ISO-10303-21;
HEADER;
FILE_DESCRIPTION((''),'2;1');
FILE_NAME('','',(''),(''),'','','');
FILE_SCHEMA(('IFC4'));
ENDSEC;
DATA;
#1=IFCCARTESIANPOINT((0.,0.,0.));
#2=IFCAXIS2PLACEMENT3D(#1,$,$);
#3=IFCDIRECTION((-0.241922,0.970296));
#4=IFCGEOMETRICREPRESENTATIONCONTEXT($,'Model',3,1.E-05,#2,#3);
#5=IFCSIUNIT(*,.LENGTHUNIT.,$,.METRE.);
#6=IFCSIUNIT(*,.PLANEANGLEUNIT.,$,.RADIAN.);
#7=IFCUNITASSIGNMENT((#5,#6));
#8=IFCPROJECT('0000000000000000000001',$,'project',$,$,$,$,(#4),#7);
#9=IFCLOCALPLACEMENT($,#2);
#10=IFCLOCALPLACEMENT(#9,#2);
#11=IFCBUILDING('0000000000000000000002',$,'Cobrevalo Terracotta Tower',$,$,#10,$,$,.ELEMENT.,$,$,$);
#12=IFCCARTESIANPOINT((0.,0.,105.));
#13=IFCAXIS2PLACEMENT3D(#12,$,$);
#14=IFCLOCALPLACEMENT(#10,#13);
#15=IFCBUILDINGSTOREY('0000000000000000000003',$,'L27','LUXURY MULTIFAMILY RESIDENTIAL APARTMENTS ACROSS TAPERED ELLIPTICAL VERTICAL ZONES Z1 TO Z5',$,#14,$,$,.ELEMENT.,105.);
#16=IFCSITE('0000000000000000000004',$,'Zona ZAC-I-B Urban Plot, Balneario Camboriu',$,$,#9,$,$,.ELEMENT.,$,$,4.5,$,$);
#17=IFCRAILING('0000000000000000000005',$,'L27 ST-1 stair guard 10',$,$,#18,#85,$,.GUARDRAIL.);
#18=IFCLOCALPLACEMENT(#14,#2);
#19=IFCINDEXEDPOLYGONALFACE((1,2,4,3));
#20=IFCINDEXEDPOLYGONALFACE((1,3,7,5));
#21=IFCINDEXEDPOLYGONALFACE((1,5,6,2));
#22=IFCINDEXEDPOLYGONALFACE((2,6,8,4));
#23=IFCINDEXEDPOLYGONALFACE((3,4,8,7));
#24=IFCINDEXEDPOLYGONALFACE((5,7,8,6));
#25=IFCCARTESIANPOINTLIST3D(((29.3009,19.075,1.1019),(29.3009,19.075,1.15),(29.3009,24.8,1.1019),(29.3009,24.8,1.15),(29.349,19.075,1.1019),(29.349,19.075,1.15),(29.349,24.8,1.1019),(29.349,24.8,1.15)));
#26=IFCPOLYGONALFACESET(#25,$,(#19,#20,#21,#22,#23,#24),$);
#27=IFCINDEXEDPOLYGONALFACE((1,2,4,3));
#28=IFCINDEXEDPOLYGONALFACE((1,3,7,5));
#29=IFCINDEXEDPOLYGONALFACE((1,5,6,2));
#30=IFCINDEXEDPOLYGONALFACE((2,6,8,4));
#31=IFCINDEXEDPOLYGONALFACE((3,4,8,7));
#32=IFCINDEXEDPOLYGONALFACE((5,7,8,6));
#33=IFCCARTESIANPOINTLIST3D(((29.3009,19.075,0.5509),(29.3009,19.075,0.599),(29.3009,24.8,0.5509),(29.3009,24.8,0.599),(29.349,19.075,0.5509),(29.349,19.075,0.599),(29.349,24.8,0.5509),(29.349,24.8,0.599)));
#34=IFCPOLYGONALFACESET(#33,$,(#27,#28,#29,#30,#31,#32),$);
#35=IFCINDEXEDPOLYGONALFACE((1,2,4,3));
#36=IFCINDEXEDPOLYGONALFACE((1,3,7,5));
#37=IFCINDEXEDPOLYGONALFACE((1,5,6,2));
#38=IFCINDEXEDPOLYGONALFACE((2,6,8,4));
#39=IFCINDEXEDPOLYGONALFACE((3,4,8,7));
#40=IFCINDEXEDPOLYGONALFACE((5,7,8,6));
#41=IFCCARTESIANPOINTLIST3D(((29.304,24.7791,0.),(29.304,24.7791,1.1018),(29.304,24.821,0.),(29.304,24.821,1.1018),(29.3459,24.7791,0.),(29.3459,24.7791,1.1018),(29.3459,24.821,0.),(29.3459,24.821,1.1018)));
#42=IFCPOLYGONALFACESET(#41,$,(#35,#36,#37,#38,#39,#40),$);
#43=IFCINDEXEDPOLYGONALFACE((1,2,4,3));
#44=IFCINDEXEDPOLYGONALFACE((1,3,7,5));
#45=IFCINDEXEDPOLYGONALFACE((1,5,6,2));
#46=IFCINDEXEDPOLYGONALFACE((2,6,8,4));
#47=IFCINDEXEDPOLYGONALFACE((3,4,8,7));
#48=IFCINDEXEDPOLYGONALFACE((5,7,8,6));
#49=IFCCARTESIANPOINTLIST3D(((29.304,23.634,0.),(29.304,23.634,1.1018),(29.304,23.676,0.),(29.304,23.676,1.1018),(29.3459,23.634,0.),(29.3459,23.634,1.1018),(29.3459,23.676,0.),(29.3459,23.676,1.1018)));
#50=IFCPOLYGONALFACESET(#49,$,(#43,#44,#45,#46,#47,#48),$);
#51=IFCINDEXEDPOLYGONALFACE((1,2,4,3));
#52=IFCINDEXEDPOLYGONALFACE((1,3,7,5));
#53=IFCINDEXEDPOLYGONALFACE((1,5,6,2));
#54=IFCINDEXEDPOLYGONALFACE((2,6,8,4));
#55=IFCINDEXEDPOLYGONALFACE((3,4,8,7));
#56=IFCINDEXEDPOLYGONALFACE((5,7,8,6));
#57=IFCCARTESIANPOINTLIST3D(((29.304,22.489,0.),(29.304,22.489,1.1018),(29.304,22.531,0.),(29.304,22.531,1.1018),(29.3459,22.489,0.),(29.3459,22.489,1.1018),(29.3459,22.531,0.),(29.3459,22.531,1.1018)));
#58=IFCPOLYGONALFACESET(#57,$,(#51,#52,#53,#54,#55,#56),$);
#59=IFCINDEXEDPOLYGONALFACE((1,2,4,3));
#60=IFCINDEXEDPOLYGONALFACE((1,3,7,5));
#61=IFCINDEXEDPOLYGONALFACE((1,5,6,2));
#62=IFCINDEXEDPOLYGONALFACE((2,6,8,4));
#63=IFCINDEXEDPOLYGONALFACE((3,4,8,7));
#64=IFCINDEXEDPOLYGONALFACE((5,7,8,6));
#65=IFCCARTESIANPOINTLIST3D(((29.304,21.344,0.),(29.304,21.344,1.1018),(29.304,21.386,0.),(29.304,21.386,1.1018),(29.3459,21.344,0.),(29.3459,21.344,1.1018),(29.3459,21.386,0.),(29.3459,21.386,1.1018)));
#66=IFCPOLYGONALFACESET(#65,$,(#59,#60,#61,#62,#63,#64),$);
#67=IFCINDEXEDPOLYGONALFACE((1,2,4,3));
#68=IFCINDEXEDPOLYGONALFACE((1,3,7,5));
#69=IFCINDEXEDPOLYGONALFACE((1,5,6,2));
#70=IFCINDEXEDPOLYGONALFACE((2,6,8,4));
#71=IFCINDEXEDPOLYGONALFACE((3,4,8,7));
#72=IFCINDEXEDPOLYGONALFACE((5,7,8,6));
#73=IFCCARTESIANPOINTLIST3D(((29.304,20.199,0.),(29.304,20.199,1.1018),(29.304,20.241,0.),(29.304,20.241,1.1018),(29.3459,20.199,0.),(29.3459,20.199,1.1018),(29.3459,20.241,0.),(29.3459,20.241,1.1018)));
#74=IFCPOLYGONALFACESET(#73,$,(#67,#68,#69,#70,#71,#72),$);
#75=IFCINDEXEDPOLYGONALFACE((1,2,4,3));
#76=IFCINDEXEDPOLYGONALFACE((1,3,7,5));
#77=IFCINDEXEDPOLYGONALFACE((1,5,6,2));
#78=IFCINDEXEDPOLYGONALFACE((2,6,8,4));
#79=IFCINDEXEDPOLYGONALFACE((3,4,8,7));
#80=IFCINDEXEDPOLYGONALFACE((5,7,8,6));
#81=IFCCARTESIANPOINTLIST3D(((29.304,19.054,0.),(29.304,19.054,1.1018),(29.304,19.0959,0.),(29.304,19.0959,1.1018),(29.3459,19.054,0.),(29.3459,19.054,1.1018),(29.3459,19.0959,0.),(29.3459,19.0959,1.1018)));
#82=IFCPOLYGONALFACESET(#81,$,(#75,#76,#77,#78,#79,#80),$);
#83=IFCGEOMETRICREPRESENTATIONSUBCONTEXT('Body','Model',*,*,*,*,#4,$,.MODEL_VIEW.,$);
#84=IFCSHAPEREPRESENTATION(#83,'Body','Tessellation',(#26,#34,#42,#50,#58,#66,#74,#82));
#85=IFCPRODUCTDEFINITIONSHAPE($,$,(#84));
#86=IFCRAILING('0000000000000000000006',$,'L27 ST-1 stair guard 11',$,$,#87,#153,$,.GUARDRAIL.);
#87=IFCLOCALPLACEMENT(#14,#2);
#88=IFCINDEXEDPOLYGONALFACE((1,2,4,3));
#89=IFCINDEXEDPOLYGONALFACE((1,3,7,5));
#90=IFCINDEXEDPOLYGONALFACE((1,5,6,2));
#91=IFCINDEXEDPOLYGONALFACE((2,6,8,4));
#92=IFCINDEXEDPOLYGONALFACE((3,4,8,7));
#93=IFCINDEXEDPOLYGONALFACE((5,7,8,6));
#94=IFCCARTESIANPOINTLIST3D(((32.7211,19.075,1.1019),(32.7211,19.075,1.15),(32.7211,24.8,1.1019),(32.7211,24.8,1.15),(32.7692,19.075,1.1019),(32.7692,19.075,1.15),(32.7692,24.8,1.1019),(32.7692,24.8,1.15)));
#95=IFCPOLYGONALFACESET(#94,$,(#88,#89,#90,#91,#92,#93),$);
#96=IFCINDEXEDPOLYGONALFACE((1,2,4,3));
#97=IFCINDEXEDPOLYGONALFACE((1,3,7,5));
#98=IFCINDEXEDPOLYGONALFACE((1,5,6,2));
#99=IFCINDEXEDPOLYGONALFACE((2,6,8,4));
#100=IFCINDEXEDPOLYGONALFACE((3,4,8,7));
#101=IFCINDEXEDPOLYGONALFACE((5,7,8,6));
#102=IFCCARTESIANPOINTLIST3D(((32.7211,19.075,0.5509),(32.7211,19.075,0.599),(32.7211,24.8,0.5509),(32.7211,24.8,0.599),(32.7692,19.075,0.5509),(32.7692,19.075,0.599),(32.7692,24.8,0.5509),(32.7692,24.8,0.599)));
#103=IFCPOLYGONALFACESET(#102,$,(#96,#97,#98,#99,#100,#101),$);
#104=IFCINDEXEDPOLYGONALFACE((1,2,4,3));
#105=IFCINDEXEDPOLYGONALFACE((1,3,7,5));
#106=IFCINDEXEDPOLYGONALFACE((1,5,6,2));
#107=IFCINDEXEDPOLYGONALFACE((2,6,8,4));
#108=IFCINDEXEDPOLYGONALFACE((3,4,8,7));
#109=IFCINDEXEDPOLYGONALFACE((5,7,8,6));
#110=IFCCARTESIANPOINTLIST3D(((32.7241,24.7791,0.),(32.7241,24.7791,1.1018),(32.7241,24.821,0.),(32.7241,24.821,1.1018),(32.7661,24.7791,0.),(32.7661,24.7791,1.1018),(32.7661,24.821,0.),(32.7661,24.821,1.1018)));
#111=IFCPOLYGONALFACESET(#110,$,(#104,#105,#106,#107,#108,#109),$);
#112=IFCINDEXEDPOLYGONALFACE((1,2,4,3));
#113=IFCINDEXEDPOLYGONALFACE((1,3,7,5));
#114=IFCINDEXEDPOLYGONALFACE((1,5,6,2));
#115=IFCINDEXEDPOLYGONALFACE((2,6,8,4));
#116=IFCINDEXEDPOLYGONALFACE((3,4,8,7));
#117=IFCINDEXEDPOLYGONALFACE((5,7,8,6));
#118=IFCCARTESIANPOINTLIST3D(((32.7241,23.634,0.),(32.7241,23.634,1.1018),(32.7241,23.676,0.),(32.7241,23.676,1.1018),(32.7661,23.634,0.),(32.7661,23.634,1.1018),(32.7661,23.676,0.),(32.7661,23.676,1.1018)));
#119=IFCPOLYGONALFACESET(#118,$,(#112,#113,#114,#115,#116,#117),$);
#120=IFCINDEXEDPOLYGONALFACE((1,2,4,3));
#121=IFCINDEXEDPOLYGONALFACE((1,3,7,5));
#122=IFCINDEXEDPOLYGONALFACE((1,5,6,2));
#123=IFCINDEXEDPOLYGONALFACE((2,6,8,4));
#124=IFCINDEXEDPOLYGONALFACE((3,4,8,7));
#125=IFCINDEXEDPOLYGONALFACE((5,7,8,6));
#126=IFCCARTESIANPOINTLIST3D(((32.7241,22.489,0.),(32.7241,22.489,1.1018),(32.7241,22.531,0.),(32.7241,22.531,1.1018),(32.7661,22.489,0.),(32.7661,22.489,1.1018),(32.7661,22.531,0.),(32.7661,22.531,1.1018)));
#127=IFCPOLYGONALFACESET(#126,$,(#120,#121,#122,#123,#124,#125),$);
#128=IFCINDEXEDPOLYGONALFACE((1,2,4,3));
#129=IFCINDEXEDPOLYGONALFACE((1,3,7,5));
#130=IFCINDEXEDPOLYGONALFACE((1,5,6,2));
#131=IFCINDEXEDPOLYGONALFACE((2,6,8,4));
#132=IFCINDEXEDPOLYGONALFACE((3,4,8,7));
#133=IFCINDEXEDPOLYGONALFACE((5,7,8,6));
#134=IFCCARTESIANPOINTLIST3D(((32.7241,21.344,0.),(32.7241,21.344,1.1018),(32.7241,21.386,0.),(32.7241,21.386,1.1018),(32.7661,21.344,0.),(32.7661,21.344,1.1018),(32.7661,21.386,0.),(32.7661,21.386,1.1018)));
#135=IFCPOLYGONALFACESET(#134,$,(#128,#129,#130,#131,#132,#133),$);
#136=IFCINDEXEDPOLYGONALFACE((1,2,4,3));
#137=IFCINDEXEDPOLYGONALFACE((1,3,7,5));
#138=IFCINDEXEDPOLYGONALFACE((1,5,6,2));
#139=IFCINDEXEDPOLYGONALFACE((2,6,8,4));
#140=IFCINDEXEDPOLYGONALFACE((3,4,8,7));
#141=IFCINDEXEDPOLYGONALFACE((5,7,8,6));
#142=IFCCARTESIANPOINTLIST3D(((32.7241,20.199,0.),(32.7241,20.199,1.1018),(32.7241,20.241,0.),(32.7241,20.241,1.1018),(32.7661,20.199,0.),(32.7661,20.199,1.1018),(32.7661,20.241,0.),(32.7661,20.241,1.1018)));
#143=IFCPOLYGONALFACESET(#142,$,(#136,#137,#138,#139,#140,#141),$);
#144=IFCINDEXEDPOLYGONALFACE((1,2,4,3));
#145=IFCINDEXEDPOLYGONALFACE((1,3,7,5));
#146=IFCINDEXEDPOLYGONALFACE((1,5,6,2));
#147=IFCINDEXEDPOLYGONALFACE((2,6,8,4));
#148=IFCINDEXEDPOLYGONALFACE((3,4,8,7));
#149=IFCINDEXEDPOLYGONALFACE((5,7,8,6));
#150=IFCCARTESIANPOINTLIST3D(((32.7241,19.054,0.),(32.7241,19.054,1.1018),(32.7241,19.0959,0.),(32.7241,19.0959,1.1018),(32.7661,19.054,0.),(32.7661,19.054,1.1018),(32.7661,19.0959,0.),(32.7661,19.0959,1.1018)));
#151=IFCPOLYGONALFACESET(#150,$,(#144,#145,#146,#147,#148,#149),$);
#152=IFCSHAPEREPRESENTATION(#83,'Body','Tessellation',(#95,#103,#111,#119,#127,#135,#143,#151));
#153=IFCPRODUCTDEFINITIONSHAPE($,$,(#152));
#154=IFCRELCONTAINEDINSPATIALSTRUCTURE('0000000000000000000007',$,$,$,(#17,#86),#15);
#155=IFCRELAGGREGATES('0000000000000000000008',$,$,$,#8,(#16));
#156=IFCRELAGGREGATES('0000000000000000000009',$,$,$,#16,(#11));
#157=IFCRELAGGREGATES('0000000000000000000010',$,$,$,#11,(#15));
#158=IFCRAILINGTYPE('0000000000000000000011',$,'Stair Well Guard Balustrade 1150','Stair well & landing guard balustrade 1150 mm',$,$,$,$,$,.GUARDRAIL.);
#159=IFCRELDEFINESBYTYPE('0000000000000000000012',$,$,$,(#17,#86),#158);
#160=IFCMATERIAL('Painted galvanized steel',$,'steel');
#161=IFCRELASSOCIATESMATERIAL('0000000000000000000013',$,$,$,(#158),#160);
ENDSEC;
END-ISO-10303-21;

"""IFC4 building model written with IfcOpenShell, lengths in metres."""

from ifc_helpers import new_model, si_unit, direction, frame, origin, origin_2d, place, context, subcontext, project, spatial, rectangle, extrude, material, type_object, element, save


model = new_model("IFC4")

# Units and contexts
model_context = context("Model", 3, precision=1e-05, world=origin(), true_north=direction((-0.241922, 0.970296)))
body_context = subcontext(model_context, "Body", "Model", "MODEL_VIEW")
ifc_project = project(units=[si_unit("LENGTHUNIT", "METRE"), si_unit("PLANEANGLEUNIT", "RADIAN")], contexts=[model_context])

# Site, building, storey
site_placement = place(None, origin())
site = spatial("IfcSite", under=ifc_project, at=site_placement, Name="Zona ZAC-I-B Urban Plot, Balneario Camboriu", CompositionType="ELEMENT", RefElevation=4.5)
building_placement = place(site_placement, origin())
building = spatial("IfcBuilding", under=site, at=building_placement, Name="Cobrevalo Terracotta Tower", CompositionType="ELEMENT")
storey_placement = place(building_placement, frame((0.0, 0.0, 105.0)))
storey = spatial("IfcBuildingStorey", under=building, at=storey_placement, Name="L27", Description="LUXURY MULTIFAMILY RESIDENTIAL APARTMENTS ACROSS TAPERED ELLIPTICAL VERTICAL ZONES Z1 TO Z5", CompositionType="ELEMENT", Elevation=105.0)

# Railings
ifc_material_1 = material(Name="Painted galvanized steel", Category="steel")
railing_type_1 = type_object("IfcRailingType", Name="Stair Well Guard Balustrade 1150", Description="Stair well & landing guard balustrade 1150 mm", PredefinedType="GUARDRAIL", material=ifc_material_1)
for number, where, name in (
    (1, (29.325, 24.8, 0.0), "L27 ST-1 stair guard 10"),
    (2, (32.7451, 24.8, 0.0), "L27 ST-1 stair guard 11"),
):
    element("IfcRailing", number, at=place(storey_placement, frame(where)), inside=storey, type_object=railing_type_1, Name=name, PredefinedType="GUARDRAIL", context=body_context, shape_type="SweptSolid", body=[
        extrude(rectangle(XDim=0.0481, YDim=0.0481, at=origin_2d()), frame((0.0, 0.0, 1.126), z_axis=(0.0, -1.0, 0.0), x_axis=(1.0, 0.0, 0.0)), (0.0, 0.0, 1.0), 5.7251),
        extrude(rectangle(XDim=0.0481, YDim=0.0481, at=origin_2d()), frame((0.0, 0.0, 0.575), z_axis=(0.0, -1.0, 0.0), x_axis=(1.0, 0.0, 0.0)), (0.0, 0.0, 1.0), 5.7251),
        extrude(rectangle(XDim=0.042, YDim=0.042, at=origin_2d()), origin(), (0.0, 0.0, 1.0), 1.1018),
        extrude(rectangle(XDim=0.042, YDim=0.042, at=origin_2d()), frame((0.0, -1.145, 0.0)), (0.0, 0.0, 1.0), 1.1018),
        extrude(rectangle(XDim=0.042, YDim=0.042, at=origin_2d()), frame((0.0, -2.29, 0.0)), (0.0, 0.0, 1.0), 1.1018),
        extrude(rectangle(XDim=0.042, YDim=0.042, at=origin_2d()), frame((0.0, -3.4351, 0.0)), (0.0, 0.0, 1.0), 1.1018),
        extrude(rectangle(XDim=0.042, YDim=0.042, at=origin_2d()), frame((0.0, -4.5801, 0.0)), (0.0, 0.0, 1.0), 1.1018),
        extrude(rectangle(XDim=0.042, YDim=0.042, at=origin_2d()), frame((0.0, -5.7251, 0.0)), (0.0, 0.0, 1.0), 1.1018),
    ])

save(model, "model.ifc")
